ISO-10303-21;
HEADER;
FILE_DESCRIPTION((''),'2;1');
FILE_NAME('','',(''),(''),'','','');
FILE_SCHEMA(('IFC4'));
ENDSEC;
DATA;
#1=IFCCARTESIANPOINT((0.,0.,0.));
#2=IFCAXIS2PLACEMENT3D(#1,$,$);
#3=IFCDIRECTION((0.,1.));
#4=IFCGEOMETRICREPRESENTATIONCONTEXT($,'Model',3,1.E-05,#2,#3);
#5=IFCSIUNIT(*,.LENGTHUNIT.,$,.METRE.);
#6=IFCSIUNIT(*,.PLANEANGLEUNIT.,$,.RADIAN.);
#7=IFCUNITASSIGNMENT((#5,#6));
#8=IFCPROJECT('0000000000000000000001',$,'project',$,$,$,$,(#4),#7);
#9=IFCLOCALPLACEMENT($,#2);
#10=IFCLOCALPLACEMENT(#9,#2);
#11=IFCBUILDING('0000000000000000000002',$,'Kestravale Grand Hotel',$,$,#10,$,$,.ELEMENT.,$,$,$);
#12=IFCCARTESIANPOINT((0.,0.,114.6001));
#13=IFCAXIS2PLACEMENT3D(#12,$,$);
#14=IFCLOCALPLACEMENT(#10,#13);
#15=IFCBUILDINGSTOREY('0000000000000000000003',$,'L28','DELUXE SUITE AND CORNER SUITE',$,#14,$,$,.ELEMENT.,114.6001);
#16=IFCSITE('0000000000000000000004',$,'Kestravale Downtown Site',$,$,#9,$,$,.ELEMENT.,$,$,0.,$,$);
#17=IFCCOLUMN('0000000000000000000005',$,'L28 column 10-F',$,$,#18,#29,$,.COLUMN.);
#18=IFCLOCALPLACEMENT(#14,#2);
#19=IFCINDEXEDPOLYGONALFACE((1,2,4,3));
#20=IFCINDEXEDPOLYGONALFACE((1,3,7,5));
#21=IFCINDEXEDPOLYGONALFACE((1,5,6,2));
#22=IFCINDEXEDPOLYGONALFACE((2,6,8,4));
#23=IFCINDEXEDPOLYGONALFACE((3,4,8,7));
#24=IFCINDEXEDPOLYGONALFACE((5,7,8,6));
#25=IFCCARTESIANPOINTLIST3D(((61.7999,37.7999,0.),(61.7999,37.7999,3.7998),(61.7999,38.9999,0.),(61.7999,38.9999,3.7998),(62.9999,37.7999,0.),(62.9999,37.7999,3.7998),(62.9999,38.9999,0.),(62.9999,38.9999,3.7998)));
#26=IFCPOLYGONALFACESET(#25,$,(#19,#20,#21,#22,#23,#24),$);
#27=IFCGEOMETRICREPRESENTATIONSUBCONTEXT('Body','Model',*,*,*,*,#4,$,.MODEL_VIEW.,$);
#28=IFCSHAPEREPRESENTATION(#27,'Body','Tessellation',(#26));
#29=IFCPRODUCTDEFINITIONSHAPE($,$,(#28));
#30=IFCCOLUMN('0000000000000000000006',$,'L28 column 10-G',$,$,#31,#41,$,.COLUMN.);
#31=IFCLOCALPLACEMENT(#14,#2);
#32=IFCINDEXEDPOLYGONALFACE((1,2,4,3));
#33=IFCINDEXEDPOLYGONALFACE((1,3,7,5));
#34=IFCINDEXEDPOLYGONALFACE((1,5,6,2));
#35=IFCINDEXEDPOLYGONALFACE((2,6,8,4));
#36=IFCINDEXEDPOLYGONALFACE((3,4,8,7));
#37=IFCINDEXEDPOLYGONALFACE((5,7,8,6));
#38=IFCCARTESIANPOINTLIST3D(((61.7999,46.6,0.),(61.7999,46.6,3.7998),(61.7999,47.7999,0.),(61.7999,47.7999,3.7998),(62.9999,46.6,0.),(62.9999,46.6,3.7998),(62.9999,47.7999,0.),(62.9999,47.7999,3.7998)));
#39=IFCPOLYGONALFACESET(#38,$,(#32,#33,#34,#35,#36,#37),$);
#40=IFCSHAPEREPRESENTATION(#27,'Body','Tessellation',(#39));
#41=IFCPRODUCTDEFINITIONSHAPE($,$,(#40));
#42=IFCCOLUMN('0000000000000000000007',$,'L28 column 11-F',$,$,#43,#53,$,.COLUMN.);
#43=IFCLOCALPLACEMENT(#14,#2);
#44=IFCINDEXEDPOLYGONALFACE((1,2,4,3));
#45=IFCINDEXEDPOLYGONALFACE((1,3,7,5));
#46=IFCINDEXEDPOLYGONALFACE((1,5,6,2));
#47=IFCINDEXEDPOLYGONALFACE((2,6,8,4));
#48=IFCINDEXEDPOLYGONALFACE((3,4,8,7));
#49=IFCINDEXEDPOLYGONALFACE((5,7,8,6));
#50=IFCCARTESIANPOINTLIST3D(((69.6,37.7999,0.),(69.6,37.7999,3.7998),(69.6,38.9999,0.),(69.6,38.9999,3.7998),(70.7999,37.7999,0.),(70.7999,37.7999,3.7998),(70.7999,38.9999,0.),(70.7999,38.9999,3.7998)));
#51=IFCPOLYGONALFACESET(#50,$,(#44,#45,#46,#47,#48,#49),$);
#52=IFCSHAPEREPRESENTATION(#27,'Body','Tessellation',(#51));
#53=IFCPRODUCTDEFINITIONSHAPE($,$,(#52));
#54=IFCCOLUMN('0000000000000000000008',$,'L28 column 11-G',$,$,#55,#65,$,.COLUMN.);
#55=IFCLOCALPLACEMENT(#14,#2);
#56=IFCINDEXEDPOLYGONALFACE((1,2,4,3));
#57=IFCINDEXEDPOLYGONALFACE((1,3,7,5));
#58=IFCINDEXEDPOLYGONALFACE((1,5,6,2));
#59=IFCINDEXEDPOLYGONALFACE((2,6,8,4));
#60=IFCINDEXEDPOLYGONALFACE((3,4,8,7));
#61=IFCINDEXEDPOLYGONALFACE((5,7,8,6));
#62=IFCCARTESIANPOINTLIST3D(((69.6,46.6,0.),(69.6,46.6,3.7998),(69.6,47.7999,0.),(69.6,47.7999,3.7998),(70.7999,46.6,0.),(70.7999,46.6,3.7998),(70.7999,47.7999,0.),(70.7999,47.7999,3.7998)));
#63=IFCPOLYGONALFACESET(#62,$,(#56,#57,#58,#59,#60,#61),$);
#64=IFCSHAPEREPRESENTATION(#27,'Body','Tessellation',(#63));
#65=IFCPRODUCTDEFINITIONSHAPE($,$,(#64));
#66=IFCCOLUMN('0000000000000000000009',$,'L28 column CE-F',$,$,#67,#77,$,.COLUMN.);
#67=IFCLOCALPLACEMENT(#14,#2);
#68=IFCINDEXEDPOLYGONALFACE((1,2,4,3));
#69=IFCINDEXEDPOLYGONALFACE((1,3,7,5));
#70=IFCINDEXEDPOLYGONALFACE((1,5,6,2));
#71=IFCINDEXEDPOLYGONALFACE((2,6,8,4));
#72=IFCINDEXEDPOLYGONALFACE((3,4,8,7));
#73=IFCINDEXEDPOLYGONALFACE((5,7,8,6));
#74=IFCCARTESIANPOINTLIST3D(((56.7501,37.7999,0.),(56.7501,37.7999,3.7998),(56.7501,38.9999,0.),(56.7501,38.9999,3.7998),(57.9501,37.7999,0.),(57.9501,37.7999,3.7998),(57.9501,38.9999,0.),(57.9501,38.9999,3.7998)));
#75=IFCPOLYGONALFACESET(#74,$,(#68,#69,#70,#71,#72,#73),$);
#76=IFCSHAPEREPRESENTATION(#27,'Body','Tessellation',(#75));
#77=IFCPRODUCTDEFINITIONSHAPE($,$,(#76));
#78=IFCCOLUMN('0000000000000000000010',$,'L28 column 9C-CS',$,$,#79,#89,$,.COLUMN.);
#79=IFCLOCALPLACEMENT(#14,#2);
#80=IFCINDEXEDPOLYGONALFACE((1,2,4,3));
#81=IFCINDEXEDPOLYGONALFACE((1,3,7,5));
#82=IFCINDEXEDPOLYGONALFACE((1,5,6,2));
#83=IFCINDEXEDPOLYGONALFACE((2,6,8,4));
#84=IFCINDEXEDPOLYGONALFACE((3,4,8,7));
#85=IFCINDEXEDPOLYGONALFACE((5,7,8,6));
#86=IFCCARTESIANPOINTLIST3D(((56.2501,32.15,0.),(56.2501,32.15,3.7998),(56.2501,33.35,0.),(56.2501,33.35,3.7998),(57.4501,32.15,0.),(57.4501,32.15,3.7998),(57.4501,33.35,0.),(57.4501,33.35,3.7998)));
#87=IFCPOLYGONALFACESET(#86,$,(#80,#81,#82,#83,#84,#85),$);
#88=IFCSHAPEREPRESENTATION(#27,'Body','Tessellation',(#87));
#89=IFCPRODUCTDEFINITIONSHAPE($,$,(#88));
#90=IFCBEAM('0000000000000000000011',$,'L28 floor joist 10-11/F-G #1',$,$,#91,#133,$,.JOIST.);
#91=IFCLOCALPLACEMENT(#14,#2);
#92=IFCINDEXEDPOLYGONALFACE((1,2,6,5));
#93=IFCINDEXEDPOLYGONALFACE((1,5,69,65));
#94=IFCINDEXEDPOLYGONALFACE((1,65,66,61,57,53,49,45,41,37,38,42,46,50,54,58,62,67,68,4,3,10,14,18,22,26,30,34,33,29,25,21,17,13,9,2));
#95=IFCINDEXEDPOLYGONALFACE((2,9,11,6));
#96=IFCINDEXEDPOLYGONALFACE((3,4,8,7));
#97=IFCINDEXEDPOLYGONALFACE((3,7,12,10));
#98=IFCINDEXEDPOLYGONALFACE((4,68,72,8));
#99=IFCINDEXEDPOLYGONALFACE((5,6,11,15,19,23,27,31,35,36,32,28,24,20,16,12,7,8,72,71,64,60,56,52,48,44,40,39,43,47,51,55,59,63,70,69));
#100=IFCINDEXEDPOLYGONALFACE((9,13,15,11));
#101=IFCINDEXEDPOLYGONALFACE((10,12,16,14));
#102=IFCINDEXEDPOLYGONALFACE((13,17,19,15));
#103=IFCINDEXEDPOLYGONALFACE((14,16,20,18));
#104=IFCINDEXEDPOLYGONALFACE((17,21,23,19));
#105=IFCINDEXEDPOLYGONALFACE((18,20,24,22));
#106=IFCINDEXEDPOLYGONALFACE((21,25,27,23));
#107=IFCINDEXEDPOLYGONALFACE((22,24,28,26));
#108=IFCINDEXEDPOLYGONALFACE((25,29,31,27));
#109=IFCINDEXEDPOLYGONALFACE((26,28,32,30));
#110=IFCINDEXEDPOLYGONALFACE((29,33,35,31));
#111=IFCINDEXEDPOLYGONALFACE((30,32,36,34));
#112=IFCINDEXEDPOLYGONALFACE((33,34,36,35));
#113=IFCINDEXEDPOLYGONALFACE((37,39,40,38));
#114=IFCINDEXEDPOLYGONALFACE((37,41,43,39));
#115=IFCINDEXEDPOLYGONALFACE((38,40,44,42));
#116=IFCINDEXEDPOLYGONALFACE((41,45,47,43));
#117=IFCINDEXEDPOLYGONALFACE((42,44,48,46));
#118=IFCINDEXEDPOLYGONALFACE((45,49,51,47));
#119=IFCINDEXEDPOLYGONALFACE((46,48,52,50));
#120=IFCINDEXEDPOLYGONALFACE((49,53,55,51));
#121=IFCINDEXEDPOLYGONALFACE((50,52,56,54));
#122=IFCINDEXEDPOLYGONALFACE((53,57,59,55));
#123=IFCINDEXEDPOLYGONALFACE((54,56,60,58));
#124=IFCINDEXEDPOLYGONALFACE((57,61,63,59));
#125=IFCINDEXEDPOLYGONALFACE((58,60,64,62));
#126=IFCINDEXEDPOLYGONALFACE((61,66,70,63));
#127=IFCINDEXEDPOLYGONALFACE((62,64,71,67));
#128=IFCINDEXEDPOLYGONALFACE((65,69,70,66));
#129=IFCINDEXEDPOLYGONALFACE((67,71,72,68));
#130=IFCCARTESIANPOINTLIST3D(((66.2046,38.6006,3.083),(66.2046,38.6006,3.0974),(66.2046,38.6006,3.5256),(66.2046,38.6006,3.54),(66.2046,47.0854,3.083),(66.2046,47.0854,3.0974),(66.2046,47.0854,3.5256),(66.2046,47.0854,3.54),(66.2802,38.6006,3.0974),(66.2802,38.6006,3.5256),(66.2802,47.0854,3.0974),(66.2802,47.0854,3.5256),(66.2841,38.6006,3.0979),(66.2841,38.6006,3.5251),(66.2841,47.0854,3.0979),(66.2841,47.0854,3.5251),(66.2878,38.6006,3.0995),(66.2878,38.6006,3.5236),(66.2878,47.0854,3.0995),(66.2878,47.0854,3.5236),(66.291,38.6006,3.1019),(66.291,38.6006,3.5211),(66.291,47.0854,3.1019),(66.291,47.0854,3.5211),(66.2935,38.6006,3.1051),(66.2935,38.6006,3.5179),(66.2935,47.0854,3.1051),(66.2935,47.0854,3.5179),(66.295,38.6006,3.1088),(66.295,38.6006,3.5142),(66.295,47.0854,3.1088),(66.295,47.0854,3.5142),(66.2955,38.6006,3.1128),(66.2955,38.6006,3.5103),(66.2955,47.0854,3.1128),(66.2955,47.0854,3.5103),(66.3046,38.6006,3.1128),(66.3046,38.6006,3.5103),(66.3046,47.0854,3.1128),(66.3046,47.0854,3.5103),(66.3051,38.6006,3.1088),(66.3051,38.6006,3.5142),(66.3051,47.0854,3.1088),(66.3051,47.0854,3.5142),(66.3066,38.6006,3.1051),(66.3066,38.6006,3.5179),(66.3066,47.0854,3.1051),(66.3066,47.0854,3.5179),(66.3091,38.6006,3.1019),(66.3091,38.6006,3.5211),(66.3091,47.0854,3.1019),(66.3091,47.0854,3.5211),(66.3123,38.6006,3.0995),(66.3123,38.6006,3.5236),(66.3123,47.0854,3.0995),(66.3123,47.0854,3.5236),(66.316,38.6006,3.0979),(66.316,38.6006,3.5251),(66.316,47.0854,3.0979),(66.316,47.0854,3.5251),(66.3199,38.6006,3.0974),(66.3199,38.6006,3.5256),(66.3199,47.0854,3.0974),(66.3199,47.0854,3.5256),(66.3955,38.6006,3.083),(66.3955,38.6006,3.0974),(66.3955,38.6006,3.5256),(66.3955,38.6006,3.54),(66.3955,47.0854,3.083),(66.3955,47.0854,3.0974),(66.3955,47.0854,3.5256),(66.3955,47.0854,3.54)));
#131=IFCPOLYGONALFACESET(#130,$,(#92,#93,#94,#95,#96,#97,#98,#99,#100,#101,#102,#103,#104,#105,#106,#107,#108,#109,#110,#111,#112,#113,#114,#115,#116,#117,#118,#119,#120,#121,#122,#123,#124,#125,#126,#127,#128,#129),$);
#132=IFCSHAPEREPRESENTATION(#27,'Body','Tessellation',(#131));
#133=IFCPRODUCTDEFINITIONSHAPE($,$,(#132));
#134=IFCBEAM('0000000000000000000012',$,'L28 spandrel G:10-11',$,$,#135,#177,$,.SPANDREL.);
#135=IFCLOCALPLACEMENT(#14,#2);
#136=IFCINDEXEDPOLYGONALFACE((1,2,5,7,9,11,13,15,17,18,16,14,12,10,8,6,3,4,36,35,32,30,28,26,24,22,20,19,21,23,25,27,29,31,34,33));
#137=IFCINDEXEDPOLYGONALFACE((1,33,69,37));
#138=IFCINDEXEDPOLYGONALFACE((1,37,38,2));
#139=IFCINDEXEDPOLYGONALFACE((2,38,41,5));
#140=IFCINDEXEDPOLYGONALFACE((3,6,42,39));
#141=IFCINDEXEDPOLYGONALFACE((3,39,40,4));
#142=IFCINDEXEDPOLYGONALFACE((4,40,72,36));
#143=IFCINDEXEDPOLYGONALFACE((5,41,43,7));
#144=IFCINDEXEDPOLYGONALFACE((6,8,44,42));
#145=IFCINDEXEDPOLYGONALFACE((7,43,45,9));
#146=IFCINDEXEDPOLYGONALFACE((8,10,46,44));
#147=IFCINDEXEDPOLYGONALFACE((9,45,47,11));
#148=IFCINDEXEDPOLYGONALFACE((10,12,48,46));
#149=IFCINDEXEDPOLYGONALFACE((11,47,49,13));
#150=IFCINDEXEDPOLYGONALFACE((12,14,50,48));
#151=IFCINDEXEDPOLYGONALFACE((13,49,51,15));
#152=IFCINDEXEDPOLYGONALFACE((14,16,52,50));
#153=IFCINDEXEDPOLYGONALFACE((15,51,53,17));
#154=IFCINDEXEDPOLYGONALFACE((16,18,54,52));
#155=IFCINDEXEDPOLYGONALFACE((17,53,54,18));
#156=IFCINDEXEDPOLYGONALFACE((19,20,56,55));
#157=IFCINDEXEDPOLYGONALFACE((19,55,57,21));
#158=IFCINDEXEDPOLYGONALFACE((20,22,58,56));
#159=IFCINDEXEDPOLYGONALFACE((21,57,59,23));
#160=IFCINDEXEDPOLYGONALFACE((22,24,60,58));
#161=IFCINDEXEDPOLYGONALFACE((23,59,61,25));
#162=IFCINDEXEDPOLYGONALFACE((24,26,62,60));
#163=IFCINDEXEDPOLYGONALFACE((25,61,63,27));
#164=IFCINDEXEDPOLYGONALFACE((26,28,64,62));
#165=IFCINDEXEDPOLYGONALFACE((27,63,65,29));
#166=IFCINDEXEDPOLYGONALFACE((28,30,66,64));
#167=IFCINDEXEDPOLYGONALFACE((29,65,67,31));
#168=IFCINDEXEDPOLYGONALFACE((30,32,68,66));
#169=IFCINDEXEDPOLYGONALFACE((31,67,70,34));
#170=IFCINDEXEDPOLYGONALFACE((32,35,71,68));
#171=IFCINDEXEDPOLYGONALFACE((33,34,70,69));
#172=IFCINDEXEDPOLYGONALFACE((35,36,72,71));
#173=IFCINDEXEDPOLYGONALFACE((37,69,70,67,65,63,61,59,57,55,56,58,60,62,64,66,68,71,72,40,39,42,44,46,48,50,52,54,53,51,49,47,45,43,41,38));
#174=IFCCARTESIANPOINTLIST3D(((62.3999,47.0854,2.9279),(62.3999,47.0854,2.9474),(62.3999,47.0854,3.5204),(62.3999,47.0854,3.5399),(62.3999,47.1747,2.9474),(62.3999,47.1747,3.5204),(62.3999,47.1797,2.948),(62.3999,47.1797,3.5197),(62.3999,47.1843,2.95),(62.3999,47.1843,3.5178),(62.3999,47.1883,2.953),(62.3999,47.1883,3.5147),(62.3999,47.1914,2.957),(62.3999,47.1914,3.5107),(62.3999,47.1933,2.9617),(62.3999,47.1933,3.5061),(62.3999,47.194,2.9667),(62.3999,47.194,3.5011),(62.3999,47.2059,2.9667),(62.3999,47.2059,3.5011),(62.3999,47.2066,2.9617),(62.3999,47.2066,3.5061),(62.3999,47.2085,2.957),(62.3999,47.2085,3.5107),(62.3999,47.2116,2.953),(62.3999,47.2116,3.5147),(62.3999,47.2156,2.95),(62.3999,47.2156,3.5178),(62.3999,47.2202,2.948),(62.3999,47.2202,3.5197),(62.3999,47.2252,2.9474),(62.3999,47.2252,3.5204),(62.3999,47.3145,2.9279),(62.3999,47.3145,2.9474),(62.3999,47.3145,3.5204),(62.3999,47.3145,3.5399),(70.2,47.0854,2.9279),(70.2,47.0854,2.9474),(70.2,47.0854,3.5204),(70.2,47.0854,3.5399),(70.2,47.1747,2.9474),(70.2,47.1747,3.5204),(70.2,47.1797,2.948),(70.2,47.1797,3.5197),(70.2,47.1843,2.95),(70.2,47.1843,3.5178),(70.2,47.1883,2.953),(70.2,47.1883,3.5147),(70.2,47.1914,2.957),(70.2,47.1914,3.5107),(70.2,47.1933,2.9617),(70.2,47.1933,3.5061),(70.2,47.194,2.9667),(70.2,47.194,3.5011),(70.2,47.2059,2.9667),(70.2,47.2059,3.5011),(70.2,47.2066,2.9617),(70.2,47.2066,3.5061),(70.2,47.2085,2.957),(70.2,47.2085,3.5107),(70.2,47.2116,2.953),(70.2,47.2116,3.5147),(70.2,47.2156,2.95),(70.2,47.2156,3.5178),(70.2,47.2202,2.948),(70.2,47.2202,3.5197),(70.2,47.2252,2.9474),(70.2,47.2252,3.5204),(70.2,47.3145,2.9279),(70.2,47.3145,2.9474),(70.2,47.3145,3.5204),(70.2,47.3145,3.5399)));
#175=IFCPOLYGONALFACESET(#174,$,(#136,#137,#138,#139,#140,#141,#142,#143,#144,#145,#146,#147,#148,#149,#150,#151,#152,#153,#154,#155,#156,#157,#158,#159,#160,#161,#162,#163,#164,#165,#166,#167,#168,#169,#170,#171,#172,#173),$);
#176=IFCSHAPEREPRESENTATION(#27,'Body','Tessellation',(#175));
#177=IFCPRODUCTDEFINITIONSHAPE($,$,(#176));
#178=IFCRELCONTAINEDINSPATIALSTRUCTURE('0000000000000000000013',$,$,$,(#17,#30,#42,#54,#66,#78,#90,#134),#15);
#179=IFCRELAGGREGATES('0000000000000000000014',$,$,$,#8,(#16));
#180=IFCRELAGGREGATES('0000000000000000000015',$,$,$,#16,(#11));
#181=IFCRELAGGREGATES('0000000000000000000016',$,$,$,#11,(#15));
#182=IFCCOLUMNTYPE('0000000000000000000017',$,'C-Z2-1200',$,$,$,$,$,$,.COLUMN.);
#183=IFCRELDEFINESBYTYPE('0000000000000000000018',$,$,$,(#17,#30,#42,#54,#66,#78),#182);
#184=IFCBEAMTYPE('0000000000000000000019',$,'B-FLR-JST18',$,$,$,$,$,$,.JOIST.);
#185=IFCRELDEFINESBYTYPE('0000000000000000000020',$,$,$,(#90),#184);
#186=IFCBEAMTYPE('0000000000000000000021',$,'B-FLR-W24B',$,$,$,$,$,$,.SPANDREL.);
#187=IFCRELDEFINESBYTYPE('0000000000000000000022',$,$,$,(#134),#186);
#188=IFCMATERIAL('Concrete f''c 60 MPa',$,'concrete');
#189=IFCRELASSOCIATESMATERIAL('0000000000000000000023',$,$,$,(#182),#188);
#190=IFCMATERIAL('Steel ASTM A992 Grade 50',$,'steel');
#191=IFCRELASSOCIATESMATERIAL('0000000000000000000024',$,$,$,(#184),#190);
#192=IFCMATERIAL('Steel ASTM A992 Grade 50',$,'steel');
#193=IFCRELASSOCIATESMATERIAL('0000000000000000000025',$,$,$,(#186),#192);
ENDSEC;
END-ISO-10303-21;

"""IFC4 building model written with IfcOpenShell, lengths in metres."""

from ifc_helpers import new_model, si_unit, direction, frame, origin, origin_2d, place, context, subcontext, project, spatial, rectangle, i_section, extrude, material, material_profile, profile_set, type_object, element, save


model = new_model("IFC4")

# Units and contexts
model_context = context("Model", 3, precision=1e-05, world=origin(), true_north=direction((0.0, 1.0)))
body_context = subcontext(model_context, "Body", "Model", "MODEL_VIEW")
ifc_project = project(units=[si_unit("LENGTHUNIT", "METRE"), si_unit("PLANEANGLEUNIT", "RADIAN")], contexts=[model_context])

# Site, building, storey
site_placement = place(None, origin())
site = spatial("IfcSite", under=ifc_project, at=site_placement, Name="Kestravale Downtown Site", CompositionType="ELEMENT", RefElevation=0.0)
building_placement = place(site_placement, origin())
building = spatial("IfcBuilding", under=site, at=building_placement, Name="Kestravale Grand Hotel", CompositionType="ELEMENT")
storey_placement = place(building_placement, frame((0.0, 0.0, 114.6001)))
storey = spatial("IfcBuildingStorey", under=building, at=storey_placement, Name="L28", Description="DELUXE SUITE AND CORNER SUITE", CompositionType="ELEMENT", Elevation=114.6001)

# Columns
ifc_material_1 = material(Name="Concrete f'c 60 MPa", Category="concrete")
ifc_material_profile_1 = material_profile(ifc_material_1, rectangle(XDim=1.2, YDim=1.2, at=origin_2d()))
ifc_profile_set_1 = profile_set([ifc_material_profile_1], Name="Concrete f'c 60 MPa")
column_type = type_object("IfcColumnType", Name="C-Z2-1200", PredefinedType="COLUMN", material=ifc_profile_set_1)
for number, where, z_axis, x_axis, name in (
    (1, (62.3999, 38.3999, 0.0), (0.0, 0.0, 1.0), (1.0, 0.0, 0.0), "L28 column 10-F"),
    (2, (62.3999, 47.2, 0.0), (0.0, 0.0, 1.0), (1.0, 0.0, 0.0), "L28 column 10-G"),
    (3, (70.2, 38.3999, 0.0), (0.0, 0.0, 1.0), (1.0, 0.0, 0.0), "L28 column 11-F"),
    (4, (70.2, 47.2, 0.0), (0.0, 0.0, 1.0), (1.0, 0.0, 0.0), "L28 column 11-G"),
    (5, (57.3501, 38.3999, 0.0), (0.0, 0.0, 1.0), (1.0, 0.0, 0.0), "L28 column CE-F"),
    (6, (56.8501, 32.75, 0.0), (0.0, 0.0, 1.0), (1.0, 0.0, 0.0), "L28 column 9C-CS"),
):
    element("IfcColumn", number, at=place(storey_placement, frame(where, z_axis=z_axis, x_axis=x_axis)), inside=storey, type_object=column_type, Name=name, PredefinedType="COLUMN", context=body_context, shape_type="SweptSolid", body=[
        extrude(rectangle(XDim=1.2, YDim=1.2, at=origin_2d()), origin(), (0.0, 0.0, 1.0), 3.7998),
    ])

# Beams
ifc_material_2 = material(Name="Steel ASTM A992 Grade 50", Category="steel")
ifc_material_profile_2 = material_profile(ifc_material_2, i_section(OverallWidth=0.1909, OverallDepth=0.457, WebThickness=0.009, FlangeThickness=0.0144, FilletRadius=0.0154, at=origin_2d()))
ifc_profile_set_2 = profile_set([ifc_material_profile_2], Name="Steel ASTM A992 Grade 50")
beam_type_1 = type_object("IfcBeamType", Name="B-FLR-JST18", PredefinedType="JOIST", material=ifc_profile_set_2)
beam_1_placement = place(storey_placement, frame((66.3, 38.6006, 3.3115), z_axis=(0.0, 1.0, 0.0), x_axis=(-1.0, 0.0, 0.0)))
element("IfcBeam", 7, at=beam_1_placement, inside=storey, type_object=beam_type_1, Name="L28 floor joist 10-11/F-G #1", PredefinedType="JOIST", context=body_context, shape_type="SweptSolid", body=[
    extrude(i_section(OverallWidth=0.1909, OverallDepth=0.457, WebThickness=0.009, FlangeThickness=0.0144, FilletRadius=0.0154, at=origin_2d()), origin(), (0.0, 0.0, 1.0), 8.4849),
])
ifc_material_3 = material(Name="Steel ASTM A992 Grade 50", Category="steel")
ifc_material_profile_3 = material_profile(ifc_material_3, i_section(OverallWidth=0.229, OverallDepth=0.6121, WebThickness=0.012, FlangeThickness=0.0195, FilletRadius=0.0193, at=origin_2d()))
ifc_profile_set_3 = profile_set([ifc_material_profile_3], Name="Steel ASTM A992 Grade 50")
beam_type_2 = type_object("IfcBeamType", Name="B-FLR-W24B", PredefinedType="SPANDREL", material=ifc_profile_set_3)
beam_2_placement = place(storey_placement, frame((62.3999, 47.2, 3.2339), z_axis=(1.0, 0.0, 0.0), x_axis=(0.0, 1.0, 0.0)))
element("IfcBeam", 8, at=beam_2_placement, inside=storey, type_object=beam_type_2, Name="L28 spandrel G:10-11", PredefinedType="SPANDREL", context=body_context, shape_type="SweptSolid", body=[
    extrude(i_section(OverallWidth=0.229, OverallDepth=0.6121, WebThickness=0.012, FlangeThickness=0.0195, FilletRadius=0.0193, at=origin_2d()), origin(), (0.0, 0.0, 1.0), 7.8),
])

save(model, "model.ifc")
